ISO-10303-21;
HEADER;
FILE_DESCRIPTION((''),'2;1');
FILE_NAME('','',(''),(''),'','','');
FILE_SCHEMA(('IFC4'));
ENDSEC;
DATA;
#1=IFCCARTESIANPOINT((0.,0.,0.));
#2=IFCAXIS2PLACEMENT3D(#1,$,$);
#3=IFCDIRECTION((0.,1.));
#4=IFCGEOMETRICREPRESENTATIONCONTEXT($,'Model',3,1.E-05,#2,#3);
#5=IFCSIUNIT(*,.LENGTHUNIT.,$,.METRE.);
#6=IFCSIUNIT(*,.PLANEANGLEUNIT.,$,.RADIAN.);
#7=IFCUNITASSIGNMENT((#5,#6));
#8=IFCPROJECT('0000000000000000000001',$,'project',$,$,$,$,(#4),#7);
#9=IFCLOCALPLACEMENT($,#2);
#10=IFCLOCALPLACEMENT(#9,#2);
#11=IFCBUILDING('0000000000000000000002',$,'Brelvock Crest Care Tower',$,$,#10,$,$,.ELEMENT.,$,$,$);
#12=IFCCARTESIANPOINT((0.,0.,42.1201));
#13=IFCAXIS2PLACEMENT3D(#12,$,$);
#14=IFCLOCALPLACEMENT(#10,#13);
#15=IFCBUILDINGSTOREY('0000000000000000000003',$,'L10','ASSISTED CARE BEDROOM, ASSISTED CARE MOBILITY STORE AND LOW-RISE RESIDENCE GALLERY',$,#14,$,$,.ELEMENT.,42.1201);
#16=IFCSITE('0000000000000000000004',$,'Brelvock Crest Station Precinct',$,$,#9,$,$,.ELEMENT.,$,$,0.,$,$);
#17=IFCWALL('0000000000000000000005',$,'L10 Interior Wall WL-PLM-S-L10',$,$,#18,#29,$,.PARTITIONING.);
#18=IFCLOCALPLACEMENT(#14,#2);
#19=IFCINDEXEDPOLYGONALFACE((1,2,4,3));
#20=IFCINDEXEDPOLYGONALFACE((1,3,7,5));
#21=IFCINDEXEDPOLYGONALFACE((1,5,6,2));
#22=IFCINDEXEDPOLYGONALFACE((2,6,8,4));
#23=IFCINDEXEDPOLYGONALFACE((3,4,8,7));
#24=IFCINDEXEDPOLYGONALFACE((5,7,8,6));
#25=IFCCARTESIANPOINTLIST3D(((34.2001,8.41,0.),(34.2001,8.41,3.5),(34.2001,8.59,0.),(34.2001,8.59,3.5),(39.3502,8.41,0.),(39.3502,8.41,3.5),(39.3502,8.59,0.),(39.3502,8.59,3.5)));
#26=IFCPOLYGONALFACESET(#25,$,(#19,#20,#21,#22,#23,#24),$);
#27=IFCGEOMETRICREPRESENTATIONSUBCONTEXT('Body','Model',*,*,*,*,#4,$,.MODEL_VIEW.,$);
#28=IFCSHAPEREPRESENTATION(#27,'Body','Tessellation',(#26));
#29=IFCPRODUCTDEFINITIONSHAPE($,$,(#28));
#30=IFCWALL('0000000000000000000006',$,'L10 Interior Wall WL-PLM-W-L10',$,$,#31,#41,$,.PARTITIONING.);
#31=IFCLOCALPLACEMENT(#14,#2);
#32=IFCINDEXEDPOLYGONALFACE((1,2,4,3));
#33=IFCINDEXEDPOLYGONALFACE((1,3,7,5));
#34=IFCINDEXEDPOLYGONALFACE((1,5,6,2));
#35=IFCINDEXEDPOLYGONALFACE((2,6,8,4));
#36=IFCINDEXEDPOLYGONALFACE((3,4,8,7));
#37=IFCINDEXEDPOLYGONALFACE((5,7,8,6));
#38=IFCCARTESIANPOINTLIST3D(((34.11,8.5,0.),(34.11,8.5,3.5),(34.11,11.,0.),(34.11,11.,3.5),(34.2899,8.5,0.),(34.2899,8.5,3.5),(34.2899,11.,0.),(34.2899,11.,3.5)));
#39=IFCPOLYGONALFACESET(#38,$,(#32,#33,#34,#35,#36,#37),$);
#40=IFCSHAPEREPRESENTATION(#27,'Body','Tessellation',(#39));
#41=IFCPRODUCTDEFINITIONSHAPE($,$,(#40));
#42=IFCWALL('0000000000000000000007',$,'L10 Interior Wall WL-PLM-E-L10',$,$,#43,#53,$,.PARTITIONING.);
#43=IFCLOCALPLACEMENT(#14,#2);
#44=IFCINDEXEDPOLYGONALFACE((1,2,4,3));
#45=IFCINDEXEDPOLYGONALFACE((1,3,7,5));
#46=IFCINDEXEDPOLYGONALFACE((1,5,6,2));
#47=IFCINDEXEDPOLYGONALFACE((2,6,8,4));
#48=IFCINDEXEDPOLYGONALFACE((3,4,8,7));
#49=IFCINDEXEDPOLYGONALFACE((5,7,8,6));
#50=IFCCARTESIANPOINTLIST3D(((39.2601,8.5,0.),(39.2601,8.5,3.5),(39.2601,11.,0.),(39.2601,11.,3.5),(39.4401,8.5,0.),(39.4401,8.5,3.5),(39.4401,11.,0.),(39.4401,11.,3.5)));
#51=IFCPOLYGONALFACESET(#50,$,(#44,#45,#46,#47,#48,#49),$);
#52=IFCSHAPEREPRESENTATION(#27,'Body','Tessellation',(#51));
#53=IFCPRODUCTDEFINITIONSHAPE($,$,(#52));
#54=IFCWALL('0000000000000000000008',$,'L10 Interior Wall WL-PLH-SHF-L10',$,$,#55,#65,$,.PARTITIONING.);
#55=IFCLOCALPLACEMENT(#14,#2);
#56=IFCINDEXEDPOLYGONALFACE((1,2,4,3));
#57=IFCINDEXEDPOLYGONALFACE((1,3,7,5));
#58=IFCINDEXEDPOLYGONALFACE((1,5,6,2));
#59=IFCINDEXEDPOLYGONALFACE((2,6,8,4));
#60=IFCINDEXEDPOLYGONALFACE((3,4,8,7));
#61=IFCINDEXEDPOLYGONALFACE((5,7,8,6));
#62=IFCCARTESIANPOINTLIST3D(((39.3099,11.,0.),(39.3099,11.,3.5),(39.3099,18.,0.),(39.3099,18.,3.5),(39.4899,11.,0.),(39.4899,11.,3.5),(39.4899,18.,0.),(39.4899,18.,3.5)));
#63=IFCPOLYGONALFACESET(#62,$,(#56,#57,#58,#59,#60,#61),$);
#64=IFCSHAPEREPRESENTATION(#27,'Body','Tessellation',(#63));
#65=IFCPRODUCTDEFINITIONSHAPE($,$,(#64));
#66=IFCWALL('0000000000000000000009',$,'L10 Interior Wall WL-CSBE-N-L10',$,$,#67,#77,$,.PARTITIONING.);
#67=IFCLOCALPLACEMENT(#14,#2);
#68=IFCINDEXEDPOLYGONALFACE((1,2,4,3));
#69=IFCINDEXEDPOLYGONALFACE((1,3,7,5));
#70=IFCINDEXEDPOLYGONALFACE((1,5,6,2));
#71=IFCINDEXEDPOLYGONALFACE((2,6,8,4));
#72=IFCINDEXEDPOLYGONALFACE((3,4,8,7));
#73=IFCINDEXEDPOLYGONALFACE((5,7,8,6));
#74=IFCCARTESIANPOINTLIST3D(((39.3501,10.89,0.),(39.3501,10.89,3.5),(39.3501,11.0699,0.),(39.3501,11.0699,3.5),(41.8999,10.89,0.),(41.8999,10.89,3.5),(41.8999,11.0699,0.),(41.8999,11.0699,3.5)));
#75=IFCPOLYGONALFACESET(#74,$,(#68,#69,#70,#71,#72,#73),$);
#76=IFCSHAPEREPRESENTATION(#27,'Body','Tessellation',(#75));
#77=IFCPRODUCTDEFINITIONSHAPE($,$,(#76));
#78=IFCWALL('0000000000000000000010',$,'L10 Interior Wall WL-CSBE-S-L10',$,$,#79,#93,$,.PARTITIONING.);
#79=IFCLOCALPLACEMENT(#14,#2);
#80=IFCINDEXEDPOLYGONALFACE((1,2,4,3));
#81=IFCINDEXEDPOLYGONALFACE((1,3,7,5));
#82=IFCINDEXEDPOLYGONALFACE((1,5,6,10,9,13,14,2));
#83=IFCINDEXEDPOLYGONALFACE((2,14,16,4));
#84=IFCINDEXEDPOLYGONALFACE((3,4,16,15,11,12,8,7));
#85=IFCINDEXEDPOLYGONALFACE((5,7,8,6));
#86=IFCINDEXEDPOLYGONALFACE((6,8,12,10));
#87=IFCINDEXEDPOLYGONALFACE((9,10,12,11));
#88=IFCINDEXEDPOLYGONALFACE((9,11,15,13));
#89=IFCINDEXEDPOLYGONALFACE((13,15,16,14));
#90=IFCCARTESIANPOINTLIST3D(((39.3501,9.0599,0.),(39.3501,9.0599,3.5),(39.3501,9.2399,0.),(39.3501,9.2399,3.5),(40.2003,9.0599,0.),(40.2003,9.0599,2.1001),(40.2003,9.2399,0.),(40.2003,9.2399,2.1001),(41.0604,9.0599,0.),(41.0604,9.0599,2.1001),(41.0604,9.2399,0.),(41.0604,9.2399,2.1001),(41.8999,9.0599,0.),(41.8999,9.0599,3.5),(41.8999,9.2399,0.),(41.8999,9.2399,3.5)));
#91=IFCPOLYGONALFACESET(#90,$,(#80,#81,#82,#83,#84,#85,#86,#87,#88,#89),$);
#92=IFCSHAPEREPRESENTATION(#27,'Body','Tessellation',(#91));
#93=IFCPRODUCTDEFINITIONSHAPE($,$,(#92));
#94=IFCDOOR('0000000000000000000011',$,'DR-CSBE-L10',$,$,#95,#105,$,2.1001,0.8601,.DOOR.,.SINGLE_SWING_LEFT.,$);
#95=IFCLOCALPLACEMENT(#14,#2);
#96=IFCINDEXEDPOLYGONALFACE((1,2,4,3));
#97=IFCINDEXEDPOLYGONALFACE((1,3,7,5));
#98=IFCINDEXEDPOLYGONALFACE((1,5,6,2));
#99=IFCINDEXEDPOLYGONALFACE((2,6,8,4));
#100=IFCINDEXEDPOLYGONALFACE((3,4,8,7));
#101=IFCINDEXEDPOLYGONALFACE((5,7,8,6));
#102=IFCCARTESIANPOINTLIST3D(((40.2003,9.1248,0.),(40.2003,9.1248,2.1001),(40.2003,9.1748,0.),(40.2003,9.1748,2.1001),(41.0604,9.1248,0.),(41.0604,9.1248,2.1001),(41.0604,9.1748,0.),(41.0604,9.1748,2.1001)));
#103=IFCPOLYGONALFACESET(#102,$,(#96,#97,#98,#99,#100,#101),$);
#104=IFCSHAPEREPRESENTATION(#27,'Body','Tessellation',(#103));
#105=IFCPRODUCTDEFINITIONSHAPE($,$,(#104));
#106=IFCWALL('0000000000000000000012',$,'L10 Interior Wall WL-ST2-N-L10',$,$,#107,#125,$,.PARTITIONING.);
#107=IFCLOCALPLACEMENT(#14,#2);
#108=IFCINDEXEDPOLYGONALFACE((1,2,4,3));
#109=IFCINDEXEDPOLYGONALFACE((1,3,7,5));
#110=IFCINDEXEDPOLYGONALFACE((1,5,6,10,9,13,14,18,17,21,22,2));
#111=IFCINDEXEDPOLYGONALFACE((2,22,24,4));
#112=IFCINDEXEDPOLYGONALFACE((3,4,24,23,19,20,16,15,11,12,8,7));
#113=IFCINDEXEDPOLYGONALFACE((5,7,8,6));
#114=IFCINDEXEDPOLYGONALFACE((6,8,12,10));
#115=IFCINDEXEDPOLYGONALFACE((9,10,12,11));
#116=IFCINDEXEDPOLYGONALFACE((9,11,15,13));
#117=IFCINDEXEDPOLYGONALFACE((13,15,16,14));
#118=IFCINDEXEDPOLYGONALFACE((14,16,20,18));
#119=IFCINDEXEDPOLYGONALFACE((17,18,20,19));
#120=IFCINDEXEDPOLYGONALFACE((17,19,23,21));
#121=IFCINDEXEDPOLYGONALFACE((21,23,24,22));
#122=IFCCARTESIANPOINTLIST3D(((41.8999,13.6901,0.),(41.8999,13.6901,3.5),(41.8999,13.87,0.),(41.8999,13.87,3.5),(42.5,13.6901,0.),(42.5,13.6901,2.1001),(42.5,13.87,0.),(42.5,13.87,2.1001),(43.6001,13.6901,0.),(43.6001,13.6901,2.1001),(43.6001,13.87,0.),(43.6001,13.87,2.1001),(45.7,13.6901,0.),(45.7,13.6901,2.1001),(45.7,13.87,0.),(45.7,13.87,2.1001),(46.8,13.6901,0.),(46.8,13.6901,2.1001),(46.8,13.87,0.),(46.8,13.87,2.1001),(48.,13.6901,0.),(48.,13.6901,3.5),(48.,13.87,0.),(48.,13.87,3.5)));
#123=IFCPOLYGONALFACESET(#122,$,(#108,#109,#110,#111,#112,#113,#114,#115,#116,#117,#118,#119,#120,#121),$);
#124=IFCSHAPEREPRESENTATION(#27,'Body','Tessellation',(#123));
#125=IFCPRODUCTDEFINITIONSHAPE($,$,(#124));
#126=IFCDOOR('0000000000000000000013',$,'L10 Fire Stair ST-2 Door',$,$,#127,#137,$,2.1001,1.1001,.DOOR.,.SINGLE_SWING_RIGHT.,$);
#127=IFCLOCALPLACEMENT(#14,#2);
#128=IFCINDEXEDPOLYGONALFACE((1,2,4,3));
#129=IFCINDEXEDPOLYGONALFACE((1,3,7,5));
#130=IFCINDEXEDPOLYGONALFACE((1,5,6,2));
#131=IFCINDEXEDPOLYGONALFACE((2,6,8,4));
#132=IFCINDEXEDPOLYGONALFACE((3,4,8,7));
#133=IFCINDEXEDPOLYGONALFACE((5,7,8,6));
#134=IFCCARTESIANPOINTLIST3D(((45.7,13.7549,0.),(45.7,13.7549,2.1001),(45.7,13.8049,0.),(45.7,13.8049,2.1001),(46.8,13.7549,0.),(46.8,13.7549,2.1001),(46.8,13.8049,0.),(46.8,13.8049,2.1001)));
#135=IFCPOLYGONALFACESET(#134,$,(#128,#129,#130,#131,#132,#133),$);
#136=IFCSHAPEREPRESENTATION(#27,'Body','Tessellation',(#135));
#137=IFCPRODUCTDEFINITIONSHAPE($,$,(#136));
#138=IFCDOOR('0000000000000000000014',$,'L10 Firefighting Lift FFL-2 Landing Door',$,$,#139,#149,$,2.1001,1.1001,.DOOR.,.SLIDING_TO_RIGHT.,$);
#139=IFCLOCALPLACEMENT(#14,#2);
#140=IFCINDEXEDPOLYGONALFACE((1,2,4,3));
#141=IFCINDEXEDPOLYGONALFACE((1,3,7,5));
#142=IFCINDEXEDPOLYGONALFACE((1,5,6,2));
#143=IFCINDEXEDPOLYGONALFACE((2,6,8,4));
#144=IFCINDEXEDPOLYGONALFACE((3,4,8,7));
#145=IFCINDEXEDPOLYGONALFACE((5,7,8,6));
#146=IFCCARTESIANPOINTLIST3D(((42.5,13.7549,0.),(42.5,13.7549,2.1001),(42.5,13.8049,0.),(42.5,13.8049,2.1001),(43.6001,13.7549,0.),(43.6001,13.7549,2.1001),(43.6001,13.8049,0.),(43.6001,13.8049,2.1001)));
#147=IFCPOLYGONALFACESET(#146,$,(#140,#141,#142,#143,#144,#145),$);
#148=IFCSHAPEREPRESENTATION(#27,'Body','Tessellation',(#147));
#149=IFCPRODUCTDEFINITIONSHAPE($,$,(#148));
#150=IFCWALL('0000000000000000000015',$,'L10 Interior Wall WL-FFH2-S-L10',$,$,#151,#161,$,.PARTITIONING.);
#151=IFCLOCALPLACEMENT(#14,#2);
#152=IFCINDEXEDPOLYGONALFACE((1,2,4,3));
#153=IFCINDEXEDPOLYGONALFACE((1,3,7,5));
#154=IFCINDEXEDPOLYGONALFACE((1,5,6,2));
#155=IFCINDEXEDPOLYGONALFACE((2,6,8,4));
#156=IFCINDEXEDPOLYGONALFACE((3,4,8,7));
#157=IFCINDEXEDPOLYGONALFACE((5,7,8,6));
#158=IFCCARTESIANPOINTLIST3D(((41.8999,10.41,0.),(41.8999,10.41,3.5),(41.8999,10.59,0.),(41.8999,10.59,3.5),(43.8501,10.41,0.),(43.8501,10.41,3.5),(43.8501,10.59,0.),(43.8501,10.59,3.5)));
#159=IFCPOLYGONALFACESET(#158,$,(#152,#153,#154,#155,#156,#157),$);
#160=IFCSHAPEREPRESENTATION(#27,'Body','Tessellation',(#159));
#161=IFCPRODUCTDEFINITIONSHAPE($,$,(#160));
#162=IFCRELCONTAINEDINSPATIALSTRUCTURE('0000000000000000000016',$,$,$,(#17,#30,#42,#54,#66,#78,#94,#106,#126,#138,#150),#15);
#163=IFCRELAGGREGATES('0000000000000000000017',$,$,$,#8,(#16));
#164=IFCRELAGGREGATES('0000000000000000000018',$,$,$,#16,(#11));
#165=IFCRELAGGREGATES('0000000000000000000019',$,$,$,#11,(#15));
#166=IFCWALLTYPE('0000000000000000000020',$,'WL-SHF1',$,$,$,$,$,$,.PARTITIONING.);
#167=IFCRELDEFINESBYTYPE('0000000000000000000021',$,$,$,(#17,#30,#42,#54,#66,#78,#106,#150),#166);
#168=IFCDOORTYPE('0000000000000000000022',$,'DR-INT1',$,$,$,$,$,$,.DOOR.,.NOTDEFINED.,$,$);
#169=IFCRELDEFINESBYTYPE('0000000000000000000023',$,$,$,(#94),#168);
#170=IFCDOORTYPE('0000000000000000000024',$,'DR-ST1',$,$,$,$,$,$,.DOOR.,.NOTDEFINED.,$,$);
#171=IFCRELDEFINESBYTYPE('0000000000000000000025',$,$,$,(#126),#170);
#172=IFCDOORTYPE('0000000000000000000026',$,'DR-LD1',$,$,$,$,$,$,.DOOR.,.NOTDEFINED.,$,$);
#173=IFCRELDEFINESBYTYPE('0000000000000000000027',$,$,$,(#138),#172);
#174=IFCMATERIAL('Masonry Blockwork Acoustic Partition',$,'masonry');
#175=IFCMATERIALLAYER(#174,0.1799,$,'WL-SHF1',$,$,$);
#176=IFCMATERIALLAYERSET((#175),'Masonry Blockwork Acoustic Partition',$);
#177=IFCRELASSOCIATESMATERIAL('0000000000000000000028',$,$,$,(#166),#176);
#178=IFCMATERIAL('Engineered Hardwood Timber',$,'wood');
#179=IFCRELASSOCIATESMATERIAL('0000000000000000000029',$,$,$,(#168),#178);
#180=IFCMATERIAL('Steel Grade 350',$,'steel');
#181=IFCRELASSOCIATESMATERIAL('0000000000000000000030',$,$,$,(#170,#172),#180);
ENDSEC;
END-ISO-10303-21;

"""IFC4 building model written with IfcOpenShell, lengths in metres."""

from ifc_helpers import new_model, si_unit, direction, frame, frame_2d, origin, origin_2d, place, context, subcontext, project, spatial, rectangle, extrude, source, transform, mapped, material, layer, layer_set, type_object, element, fill, save


model = new_model("IFC4")

# Units and contexts
model_context = context("Model", 3, precision=1e-05, world=origin(), true_north=direction((0.0, 1.0)))
body_context = subcontext(model_context, "Body", "Model", "MODEL_VIEW")
ifc_project = project(units=[si_unit("LENGTHUNIT", "METRE"), si_unit("PLANEANGLEUNIT", "RADIAN")], contexts=[model_context])

# Site, building, storey
site_placement = place(None, origin())
site = spatial("IfcSite", under=ifc_project, at=site_placement, Name="Brelvock Crest Station Precinct", CompositionType="ELEMENT", RefElevation=0.0)
building_placement = place(site_placement, origin())
building = spatial("IfcBuilding", under=site, at=building_placement, Name="Brelvock Crest Care Tower", CompositionType="ELEMENT")
storey_placement = place(building_placement, frame((0.0, 0.0, 42.1201)))
storey = spatial("IfcBuildingStorey", under=building, at=storey_placement, Name="L10", Description="ASSISTED CARE BEDROOM, ASSISTED CARE MOBILITY STORE AND LOW-RISE RESIDENCE GALLERY", CompositionType="ELEMENT", Elevation=42.1201)

# Shared definitions
ifc_material_1 = material(Name="Steel Grade 350", Category="steel")

# Shared definitions
ifc_material_2 = material(Name="Masonry Blockwork Acoustic Partition", Category="masonry")

# Walls
ifc_layer_1 = layer(ifc_material_2, 0.1799, Name="WL-SHF1")
ifc_layer_set_1 = layer_set([ifc_layer_1], Name="Masonry Blockwork Acoustic Partition")
wall_type_1 = type_object("IfcWallType", Name="WL-SHF1", PredefinedType="PARTITIONING", material=ifc_layer_set_1)
for number, where, z_axis, x_axis, name in (
    (1, (34.2, 8.5, 0.0), (0.0, 0.0, 1.0), (1.0, 0.0, 0.0), "L10 Interior Wall WL-PLM-S-L10"),
):
    element("IfcWall", number, at=place(storey_placement, frame(where, z_axis=z_axis, x_axis=x_axis)), inside=storey, type_object=wall_type_1, Name=name, PredefinedType="PARTITIONING", context=body_context, shape_type="SweptSolid", body=[
        extrude(rectangle(XDim=5.1501, YDim=0.1799, at=frame_2d((2.5752, 0.0))), origin(), (0.0, 0.0, 1.0), 3.5),
    ])
for number, where, z_axis, x_axis, name in (
    (2, (34.2, 8.5, 0.0), (0.0, 0.0, 1.0), (0.0, 1.0, 0.0), "L10 Interior Wall WL-PLM-W-L10"),
    (3, (39.3501, 8.5, 0.0), (0.0, 0.0, 1.0), (0.0, 1.0, 0.0), "L10 Interior Wall WL-PLM-E-L10"),
):
    element("IfcWall", number, at=place(storey_placement, frame(where, z_axis=z_axis, x_axis=x_axis)), inside=storey, type_object=wall_type_1, Name=name, PredefinedType="PARTITIONING", context=body_context, shape_type="SweptSolid", body=[
        extrude(rectangle(XDim=2.5, YDim=0.1799, at=frame_2d((1.25, 0.0))), origin(), (0.0, 0.0, 1.0), 3.5),
    ])
wall_1_placement = place(storey_placement, frame((39.3999, 11.0, 0.0), z_axis=(0.0, 0.0, 1.0), x_axis=(0.0, 1.0, 0.0)))
element("IfcWall", 4, at=wall_1_placement, inside=storey, type_object=wall_type_1, Name="L10 Interior Wall WL-PLH-SHF-L10", PredefinedType="PARTITIONING", context=body_context, shape_type="SweptSolid", body=[
    extrude(rectangle(XDim=7.0, YDim=0.1799, at=frame_2d((3.5, 0.0))), origin(), (0.0, 0.0, 1.0), 3.5),
])
wall_2_placement = place(storey_placement, frame((39.3501, 10.98, 0.0), z_axis=(0.0, 0.0, 1.0), x_axis=(1.0, 0.0, 0.0)))
element("IfcWall", 5, at=wall_2_placement, inside=storey, type_object=wall_type_1, Name="L10 Interior Wall WL-CSBE-N-L10", PredefinedType="PARTITIONING", context=body_context, shape_type="SweptSolid", body=[
    extrude(rectangle(XDim=2.5498, YDim=0.1799, at=frame_2d((1.2749, 0.0))), origin(), (0.0, 0.0, 1.0), 3.5),
])

# Wall, opening, door
wall_3_placement = place(storey_placement, frame((39.3501, 9.1499, 0.0), z_axis=(0.0, 0.0, 1.0), x_axis=(1.0, 0.0, 0.0)))
wall_3 = element("IfcWall", 6, at=wall_3_placement, inside=storey, type_object=wall_type_1, Name="L10 Interior Wall WL-CSBE-S-L10", PredefinedType="PARTITIONING", context=body_context, shape_type="SweptSolid", body=[
    extrude(rectangle(XDim=2.5498, YDim=0.1799, at=frame_2d((1.2749, 0.0))), origin(), (0.0, 0.0, 1.0), 3.5),
])
opening_1_placement = place(wall_3_placement, frame((0.8501, 0.0, 0.0)))
opening_1 = element("IfcOpeningElement", 7, at=opening_1_placement, cuts=wall_3, PredefinedType="OPENING", context=body_context, shape_type="SweptSolid", body=[
    extrude(rectangle(XDim=0.8601, YDim=2.1001, at=origin_2d()), frame((0.4302, 0.1001, 1.05), z_axis=(0.0, -1.0, 0.0), x_axis=(1.0, 0.0, 0.0)), (0.0, 0.0, 1.0), 0.2),
])
ifc_material_3 = material(Name="Engineered Hardwood Timber", Category="wood")
door_type_1 = type_object("IfcDoorType", Name="DR-INT1", OperationType="NOTDEFINED", PredefinedType="DOOR", material=ifc_material_3)
shared_shape_1 = source(origin(), body_context, "Body", "SweptSolid", [
    extrude(rectangle(XDim=0.8601, YDim=2.1001, at=origin_2d()), frame((0.4302, 0.0249, 1.05), z_axis=(0.0, -1.0, 0.0), x_axis=(1.0, 0.0, 0.0)), (0.0, 0.0, 1.0), 0.05),
])
door_1_placement = place(opening_1_placement, origin())
door_1 = element("IfcDoor", 8, at=door_1_placement, inside=storey, type_object=door_type_1, Name="DR-CSBE-L10", OperationType="SINGLE_SWING_LEFT", OverallHeight=2.1001, OverallWidth=0.8601, PredefinedType="DOOR", context=body_context, shape_type="MappedRepresentation", body=[
    mapped(shared_shape_1, transform((0.0, 0.0, 0.0), x_axis=(1.0, 0.0, 0.0), y_axis=(0.0, 1.0, 0.0), z_axis=(0.0, 0.0, 1.0), scale=1.0)),
])
fill(opening_1, door_1)

# Wall, openings, doors
wall_4_placement = place(storey_placement, frame((41.8999, 13.78, 0.0), z_axis=(0.0, 0.0, 1.0), x_axis=(1.0, 0.0, 0.0)))
wall_4 = element("IfcWall", 9, at=wall_4_placement, inside=storey, type_object=wall_type_1, Name="L10 Interior Wall WL-ST2-N-L10", PredefinedType="PARTITIONING", context=body_context, shape_type="SweptSolid", body=[
    extrude(rectangle(XDim=6.1001, YDim=0.1799, at=frame_2d((3.05, 0.0))), origin(), (0.0, 0.0, 1.0), 3.5),
])
opening_2_placement = place(wall_4_placement, frame((0.6001, 0.0, 0.0)))
opening_2 = element("IfcOpeningElement", 10, at=opening_2_placement, cuts=wall_4, PredefinedType="OPENING", context=body_context, shape_type="SweptSolid", body=[
    extrude(rectangle(XDim=1.1001, YDim=2.1001, at=origin_2d()), frame((0.55, 0.1001, 1.05), z_axis=(0.0, -1.0, 0.0), x_axis=(1.0, 0.0, 0.0)), (0.0, 0.0, 1.0), 0.2),
])
opening_3_placement = place(wall_4_placement, frame((3.8, 0.0, 0.0)))
opening_3 = element("IfcOpeningElement", 11, at=opening_3_placement, cuts=wall_4, PredefinedType="OPENING", context=body_context, shape_type="SweptSolid", body=[
    extrude(rectangle(XDim=1.1001, YDim=2.1001, at=origin_2d()), frame((0.55, 0.1001, 1.05), z_axis=(0.0, -1.0, 0.0), x_axis=(1.0, 0.0, 0.0)), (0.0, 0.0, 1.0), 0.2),
])
door_type_2 = type_object("IfcDoorType", Name="DR-ST1", OperationType="NOTDEFINED", PredefinedType="DOOR", material=ifc_material_1)
shared_shape_2 = source(origin(), body_context, "Body", "SweptSolid", [
    extrude(rectangle(XDim=1.1001, YDim=2.1001, at=origin_2d()), frame((0.55, 0.0249, 1.05), z_axis=(0.0, -1.0, 0.0), x_axis=(1.0, 0.0, 0.0)), (0.0, 0.0, 1.0), 0.05),
])
door_2_placement = place(opening_3_placement, origin())
door_2 = element("IfcDoor", 12, at=door_2_placement, inside=storey, type_object=door_type_2, Name="L10 Fire Stair ST-2 Door", OperationType="SINGLE_SWING_RIGHT", OverallHeight=2.1001, OverallWidth=1.1001, PredefinedType="DOOR", context=body_context, shape_type="MappedRepresentation", body=[
    mapped(shared_shape_2, transform((0.0, 0.0, 0.0), x_axis=(1.0, 0.0, 0.0), y_axis=(0.0, 1.0, 0.0), z_axis=(0.0, 0.0, 1.0), scale=1.0)),
])
fill(opening_3, door_2)
door_type_3 = type_object("IfcDoorType", Name="DR-LD1", OperationType="NOTDEFINED", PredefinedType="DOOR", material=ifc_material_1)
shared_shape_3 = source(origin(), body_context, "Body", "SweptSolid", [
    extrude(rectangle(XDim=1.1001, YDim=2.1001, at=origin_2d()), frame((0.55, 0.0249, 1.05), z_axis=(0.0, -1.0, 0.0), x_axis=(1.0, 0.0, 0.0)), (0.0, 0.0, 1.0), 0.05),
])
door_3_placement = place(opening_2_placement, origin())
door_3 = element("IfcDoor", 13, at=door_3_placement, inside=storey, type_object=door_type_3, Name="L10 Firefighting Lift FFL-2 Landing Door", OperationType="SLIDING_TO_RIGHT", OverallHeight=2.1001, OverallWidth=1.1001, PredefinedType="DOOR", context=body_context, shape_type="MappedRepresentation", body=[
    mapped(shared_shape_3, transform((0.0, 0.0, 0.0), x_axis=(1.0, 0.0, 0.0), y_axis=(0.0, 1.0, 0.0), z_axis=(0.0, 0.0, 1.0), scale=1.0)),
])
fill(opening_2, door_3)

# Wall
wall_5_placement = place(storey_placement, frame((41.8999, 10.5, 0.0), z_axis=(0.0, 0.0, 1.0), x_axis=(1.0, 0.0, 0.0)))
element("IfcWall", 14, at=wall_5_placement, inside=storey, type_object=wall_type_1, Name="L10 Interior Wall WL-FFH2-S-L10", PredefinedType="PARTITIONING", context=body_context, shape_type="SweptSolid", body=[
    extrude(rectangle(XDim=1.9502, YDim=0.1799, at=frame_2d((0.9751, 0.0))), origin(), (0.0, 0.0, 1.0), 3.5),
])

save(model, "model.ifc")
